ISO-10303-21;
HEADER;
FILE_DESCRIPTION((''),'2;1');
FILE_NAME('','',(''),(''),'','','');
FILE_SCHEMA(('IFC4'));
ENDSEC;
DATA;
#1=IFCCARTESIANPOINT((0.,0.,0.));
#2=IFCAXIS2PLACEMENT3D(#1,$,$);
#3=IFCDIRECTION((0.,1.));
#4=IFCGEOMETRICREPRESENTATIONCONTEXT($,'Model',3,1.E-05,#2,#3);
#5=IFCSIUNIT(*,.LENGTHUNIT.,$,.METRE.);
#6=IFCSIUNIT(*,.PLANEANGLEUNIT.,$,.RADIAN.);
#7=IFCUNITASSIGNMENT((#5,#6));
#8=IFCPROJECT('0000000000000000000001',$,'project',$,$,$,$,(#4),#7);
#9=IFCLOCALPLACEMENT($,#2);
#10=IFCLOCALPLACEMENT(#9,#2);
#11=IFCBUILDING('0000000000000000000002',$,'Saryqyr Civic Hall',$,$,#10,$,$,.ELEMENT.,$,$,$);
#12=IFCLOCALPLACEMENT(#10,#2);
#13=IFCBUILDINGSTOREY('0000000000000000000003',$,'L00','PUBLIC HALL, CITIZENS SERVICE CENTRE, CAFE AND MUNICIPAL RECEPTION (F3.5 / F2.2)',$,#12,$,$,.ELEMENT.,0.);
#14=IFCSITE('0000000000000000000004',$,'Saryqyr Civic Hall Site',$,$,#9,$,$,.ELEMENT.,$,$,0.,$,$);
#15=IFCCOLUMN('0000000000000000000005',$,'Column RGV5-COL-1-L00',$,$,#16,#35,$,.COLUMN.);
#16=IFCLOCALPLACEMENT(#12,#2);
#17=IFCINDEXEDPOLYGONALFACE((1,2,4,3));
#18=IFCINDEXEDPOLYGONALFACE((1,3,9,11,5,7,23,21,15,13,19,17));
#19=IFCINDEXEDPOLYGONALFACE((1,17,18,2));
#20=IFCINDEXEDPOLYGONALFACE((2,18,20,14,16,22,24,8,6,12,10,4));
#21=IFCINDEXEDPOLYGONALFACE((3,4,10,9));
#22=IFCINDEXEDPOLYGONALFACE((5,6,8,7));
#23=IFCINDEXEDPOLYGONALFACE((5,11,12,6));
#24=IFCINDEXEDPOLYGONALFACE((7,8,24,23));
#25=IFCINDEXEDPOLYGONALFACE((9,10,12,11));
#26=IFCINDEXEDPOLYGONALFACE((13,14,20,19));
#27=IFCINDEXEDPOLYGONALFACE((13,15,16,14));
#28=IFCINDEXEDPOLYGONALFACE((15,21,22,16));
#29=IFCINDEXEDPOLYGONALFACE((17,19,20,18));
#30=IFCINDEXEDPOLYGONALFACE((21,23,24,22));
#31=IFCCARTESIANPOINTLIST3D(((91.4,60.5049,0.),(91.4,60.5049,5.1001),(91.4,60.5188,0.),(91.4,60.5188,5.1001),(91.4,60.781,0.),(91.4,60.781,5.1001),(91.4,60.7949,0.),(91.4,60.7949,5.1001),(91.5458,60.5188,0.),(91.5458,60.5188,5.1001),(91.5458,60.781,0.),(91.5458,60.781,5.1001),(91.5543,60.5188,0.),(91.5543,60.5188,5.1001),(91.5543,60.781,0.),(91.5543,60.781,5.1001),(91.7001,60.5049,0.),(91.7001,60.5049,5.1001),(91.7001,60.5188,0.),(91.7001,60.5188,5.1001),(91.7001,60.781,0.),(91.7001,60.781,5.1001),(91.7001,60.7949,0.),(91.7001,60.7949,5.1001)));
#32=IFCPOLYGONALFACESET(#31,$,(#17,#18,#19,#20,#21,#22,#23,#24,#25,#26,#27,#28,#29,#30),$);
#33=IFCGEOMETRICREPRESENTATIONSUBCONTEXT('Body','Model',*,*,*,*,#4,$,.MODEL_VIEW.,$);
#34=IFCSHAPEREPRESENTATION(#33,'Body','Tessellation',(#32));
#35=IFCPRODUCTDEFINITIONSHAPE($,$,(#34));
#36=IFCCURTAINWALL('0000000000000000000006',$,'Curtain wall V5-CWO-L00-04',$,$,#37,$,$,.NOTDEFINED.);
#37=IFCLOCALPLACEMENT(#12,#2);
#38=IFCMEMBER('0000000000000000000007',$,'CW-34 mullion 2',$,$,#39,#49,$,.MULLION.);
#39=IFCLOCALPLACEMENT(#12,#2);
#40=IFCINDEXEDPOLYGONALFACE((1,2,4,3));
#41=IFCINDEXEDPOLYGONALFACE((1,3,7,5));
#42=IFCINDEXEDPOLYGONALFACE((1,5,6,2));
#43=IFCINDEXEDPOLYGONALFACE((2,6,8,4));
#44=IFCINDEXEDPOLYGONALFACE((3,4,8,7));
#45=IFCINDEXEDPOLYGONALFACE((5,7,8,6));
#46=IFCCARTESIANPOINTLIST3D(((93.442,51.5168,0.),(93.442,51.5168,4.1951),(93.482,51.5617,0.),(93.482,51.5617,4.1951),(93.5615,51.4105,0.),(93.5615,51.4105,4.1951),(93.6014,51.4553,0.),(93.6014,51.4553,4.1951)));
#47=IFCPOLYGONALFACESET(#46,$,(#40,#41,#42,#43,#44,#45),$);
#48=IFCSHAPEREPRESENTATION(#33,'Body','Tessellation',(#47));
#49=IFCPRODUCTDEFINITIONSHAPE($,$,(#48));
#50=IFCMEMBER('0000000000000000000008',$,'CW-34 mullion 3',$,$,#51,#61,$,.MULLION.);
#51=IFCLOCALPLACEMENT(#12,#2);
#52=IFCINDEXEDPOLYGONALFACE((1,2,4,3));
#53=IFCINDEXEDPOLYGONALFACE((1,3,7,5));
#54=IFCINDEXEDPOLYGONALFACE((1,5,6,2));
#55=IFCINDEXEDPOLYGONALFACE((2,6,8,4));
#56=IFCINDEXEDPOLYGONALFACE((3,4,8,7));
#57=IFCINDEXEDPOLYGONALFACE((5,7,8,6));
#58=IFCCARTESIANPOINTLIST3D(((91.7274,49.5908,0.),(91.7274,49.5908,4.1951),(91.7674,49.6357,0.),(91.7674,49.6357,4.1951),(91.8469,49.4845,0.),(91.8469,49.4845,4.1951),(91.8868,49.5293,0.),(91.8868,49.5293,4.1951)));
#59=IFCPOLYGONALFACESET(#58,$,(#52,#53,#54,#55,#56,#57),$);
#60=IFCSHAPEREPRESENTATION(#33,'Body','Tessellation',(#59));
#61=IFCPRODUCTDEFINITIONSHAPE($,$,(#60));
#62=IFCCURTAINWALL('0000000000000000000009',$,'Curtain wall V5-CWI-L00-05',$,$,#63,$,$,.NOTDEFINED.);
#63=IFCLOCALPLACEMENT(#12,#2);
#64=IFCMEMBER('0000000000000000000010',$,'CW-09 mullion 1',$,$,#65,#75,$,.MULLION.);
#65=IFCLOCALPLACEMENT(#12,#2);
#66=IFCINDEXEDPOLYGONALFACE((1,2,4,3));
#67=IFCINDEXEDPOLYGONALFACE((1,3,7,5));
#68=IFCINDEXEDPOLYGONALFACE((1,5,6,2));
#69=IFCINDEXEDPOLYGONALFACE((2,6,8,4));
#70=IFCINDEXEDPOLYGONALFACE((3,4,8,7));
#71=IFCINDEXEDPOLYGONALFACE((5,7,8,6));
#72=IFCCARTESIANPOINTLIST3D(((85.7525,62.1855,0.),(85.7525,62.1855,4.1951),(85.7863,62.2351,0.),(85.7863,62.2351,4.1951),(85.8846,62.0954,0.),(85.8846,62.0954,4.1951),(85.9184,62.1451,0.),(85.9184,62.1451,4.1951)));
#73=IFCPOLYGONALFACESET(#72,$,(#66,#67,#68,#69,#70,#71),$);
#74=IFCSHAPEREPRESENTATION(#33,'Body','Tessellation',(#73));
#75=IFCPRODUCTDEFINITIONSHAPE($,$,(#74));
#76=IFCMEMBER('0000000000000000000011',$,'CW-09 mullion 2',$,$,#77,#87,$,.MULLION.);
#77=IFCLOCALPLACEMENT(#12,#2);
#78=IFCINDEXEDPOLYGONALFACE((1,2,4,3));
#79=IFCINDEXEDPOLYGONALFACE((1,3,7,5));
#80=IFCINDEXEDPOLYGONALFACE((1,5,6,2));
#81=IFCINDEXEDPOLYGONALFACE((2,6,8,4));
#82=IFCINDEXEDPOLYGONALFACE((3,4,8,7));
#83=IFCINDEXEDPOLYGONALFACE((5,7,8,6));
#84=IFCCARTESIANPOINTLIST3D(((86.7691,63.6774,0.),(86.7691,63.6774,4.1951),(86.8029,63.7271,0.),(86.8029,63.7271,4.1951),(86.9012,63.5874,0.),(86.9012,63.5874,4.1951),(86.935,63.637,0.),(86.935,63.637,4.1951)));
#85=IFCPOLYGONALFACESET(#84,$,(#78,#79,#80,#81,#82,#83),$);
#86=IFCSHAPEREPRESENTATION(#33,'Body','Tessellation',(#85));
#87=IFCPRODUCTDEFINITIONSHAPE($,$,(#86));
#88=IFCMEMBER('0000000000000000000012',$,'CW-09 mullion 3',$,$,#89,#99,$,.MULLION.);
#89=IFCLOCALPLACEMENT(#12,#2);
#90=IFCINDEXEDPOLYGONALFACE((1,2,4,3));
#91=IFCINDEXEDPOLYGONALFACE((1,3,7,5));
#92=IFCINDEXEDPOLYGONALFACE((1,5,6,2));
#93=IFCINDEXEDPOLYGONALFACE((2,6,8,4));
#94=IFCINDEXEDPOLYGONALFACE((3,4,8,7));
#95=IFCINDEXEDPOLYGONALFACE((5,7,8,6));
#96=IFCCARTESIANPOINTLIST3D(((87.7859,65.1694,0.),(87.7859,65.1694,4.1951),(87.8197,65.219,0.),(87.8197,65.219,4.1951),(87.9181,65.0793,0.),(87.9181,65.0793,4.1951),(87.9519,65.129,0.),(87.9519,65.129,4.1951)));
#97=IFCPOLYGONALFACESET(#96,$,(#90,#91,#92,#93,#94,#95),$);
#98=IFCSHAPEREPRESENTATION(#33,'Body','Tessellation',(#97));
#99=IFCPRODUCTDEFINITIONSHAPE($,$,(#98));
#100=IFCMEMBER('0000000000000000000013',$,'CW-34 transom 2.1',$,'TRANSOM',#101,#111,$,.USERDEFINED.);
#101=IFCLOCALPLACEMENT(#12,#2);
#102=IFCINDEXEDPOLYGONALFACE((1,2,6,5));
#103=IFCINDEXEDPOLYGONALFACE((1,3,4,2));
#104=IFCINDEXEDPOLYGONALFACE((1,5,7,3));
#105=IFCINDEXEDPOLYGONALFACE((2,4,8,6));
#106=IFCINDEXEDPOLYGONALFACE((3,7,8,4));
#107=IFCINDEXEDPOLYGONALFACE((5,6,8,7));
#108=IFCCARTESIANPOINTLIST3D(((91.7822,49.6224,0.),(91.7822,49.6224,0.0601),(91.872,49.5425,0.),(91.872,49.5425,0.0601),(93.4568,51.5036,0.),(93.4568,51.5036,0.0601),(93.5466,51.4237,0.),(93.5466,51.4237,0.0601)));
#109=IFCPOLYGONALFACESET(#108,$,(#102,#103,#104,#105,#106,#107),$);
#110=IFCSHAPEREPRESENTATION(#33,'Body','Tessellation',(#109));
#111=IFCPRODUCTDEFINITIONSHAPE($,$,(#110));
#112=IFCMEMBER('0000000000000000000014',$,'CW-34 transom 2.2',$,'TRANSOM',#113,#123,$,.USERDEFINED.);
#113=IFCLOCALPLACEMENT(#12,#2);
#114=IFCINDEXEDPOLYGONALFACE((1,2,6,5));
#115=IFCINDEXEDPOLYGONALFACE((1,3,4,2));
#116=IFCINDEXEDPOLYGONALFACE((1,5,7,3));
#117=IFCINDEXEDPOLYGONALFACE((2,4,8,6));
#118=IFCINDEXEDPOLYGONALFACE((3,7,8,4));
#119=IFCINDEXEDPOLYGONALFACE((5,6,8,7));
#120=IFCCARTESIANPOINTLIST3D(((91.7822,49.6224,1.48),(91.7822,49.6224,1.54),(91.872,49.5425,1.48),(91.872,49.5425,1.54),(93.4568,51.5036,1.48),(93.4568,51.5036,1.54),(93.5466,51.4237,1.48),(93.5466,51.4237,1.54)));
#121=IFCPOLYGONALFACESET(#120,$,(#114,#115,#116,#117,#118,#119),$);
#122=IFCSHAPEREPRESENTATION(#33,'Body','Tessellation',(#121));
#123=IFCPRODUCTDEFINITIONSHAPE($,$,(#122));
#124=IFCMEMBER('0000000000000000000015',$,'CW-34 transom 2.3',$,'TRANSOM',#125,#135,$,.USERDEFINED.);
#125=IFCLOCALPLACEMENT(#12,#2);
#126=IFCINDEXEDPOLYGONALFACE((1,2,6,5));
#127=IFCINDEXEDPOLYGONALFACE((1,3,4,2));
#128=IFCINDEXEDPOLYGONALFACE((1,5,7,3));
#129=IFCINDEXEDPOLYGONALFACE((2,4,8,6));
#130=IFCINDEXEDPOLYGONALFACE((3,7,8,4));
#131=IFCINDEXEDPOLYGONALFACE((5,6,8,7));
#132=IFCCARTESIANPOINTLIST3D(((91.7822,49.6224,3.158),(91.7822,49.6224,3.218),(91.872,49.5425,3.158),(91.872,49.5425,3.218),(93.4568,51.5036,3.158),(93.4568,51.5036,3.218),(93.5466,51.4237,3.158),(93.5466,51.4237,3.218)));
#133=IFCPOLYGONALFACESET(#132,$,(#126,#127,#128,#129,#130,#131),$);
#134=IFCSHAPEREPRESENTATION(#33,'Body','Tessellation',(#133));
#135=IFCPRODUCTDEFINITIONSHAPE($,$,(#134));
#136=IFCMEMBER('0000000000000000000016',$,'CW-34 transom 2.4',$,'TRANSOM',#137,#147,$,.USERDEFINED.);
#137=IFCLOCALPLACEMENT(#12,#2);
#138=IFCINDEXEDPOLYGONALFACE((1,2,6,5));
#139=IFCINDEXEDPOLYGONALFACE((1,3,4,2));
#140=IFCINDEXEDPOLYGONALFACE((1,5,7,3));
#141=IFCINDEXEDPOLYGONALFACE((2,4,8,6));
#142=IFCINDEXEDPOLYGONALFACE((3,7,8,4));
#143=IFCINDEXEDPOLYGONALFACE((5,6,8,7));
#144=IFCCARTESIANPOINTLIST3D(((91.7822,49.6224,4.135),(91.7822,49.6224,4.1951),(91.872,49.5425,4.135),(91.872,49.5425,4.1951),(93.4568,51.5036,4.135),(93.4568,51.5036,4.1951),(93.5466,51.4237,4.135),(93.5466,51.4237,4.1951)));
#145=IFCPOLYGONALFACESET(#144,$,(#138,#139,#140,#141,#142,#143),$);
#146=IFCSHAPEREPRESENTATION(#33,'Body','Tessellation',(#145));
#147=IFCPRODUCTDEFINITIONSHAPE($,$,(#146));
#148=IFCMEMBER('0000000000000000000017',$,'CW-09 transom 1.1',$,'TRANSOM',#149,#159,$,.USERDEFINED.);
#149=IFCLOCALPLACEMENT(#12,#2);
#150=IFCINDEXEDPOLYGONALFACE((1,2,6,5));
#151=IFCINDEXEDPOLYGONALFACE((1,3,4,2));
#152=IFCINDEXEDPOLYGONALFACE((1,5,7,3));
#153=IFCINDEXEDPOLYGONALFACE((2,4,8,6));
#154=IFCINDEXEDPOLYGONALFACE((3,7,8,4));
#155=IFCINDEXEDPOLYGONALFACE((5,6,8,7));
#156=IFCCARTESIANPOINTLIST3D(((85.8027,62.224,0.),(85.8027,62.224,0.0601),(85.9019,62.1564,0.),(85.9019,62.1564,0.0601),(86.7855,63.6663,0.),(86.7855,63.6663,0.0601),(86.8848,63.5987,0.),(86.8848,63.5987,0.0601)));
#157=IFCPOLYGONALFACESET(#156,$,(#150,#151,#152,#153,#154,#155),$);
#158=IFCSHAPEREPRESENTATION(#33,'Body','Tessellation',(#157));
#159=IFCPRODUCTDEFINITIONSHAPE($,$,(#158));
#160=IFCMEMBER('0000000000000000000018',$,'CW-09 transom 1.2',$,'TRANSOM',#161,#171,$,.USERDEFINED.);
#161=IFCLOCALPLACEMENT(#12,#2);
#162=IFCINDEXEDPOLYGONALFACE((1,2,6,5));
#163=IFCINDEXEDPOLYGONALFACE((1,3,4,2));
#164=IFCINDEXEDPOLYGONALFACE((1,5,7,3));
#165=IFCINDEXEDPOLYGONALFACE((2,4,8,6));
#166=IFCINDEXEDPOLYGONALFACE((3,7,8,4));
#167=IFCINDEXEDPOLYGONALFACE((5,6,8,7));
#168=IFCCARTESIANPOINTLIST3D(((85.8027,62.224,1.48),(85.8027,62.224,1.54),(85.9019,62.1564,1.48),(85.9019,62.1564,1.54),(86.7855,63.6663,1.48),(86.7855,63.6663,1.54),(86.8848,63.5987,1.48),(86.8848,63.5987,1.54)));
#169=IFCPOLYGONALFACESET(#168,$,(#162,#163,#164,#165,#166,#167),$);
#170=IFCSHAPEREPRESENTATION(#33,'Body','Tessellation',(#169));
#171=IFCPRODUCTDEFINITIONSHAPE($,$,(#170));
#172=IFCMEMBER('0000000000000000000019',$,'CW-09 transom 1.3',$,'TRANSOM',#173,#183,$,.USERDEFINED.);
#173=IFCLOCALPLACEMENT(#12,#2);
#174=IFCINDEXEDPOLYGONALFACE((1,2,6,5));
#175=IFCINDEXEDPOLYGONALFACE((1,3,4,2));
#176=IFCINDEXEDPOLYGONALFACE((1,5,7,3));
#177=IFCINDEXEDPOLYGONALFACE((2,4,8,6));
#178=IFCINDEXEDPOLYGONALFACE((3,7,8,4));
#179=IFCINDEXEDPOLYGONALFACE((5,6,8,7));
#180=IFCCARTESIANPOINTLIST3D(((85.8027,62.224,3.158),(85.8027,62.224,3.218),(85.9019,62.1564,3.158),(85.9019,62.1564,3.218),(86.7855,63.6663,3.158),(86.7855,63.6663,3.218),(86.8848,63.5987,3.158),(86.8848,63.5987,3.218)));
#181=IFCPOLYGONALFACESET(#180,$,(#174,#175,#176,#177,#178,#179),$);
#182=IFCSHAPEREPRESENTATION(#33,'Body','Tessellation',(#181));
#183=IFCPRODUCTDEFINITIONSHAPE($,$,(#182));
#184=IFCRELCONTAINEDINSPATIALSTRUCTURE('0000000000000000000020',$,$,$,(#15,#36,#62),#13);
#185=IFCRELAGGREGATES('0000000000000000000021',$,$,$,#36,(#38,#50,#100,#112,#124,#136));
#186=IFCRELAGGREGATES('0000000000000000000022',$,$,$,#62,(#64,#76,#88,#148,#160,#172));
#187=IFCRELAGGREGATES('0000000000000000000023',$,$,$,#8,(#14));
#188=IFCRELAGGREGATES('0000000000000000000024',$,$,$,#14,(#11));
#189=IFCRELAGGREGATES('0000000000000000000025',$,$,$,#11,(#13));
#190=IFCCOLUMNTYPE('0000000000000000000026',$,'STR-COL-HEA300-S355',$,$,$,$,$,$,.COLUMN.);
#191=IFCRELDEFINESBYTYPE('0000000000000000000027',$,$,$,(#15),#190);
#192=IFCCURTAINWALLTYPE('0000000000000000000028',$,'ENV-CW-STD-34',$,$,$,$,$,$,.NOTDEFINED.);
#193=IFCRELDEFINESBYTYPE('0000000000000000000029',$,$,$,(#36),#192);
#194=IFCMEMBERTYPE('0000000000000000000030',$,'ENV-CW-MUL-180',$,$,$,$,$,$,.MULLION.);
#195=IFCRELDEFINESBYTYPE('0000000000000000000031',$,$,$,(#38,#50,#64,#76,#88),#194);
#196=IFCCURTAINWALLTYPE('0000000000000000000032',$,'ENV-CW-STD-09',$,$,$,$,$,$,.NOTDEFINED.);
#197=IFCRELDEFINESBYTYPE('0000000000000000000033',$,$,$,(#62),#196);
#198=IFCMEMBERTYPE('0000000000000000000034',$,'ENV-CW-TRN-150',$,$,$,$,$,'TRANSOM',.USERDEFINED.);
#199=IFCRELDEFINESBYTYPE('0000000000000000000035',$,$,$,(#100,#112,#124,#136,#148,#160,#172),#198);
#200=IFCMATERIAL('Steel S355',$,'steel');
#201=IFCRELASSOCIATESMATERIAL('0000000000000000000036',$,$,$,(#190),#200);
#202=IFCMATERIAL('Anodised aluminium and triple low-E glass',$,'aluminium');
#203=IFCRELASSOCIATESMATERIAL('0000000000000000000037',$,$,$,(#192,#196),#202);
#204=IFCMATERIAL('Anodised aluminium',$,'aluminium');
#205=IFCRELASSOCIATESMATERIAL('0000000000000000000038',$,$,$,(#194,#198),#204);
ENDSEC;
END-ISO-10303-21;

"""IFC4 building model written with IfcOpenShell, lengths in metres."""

from ifc_helpers import new_model, si_unit, direction, frame, origin, origin_2d, place, context, subcontext, project, spatial, rectangle, i_section, extrude, material, material_profile, profile_set, type_object, element, aggregate, save


model = new_model("IFC4")

# Units and contexts
model_context = context("Model", 3, precision=1e-05, world=origin(), true_north=direction((0.0, 1.0)))
body_context = subcontext(model_context, "Body", "Model", "MODEL_VIEW")
ifc_project = project(units=[si_unit("LENGTHUNIT", "METRE"), si_unit("PLANEANGLEUNIT", "RADIAN")], contexts=[model_context])

# Site, building, storey
site_placement = place(None, origin())
site = spatial("IfcSite", under=ifc_project, at=site_placement, Name="Saryqyr Civic Hall Site", CompositionType="ELEMENT", RefElevation=0.0)
building_placement = place(site_placement, origin())
building = spatial("IfcBuilding", under=site, at=building_placement, Name="Saryqyr Civic Hall", CompositionType="ELEMENT")
storey_placement = place(building_placement, origin())
storey = spatial("IfcBuildingStorey", under=building, at=storey_placement, Name="L00", Description="PUBLIC HALL, CITIZENS SERVICE CENTRE, CAFE AND MUNICIPAL RECEPTION (F3.5 / F2.2)", CompositionType="ELEMENT", Elevation=0.0)

# Column
ifc_material_1 = material(Name="Steel S355", Category="steel")
ifc_material_profile_1 = material_profile(ifc_material_1, i_section(OverallWidth=0.3, OverallDepth=0.29, WebThickness=0.0085, FlangeThickness=0.0139, at=origin_2d()), Name="HEA 300")
ifc_profile_set_1 = profile_set([ifc_material_profile_1], Name="Steel S355")
column_type_1 = type_object("IfcColumnType", Name="STR-COL-HEA300-S355", PredefinedType="COLUMN", material=ifc_profile_set_1)
column_1_placement = place(storey_placement, frame((91.55, 60.6499, 0.0), z_axis=(0.0, 0.0, 1.0), x_axis=(1.0, 0.0, 0.0)))
element("IfcColumn", 1, at=column_1_placement, inside=storey, type_object=column_type_1, Name="Column RGV5-COL-1-L00", PredefinedType="COLUMN", context=body_context, shape_type="SweptSolid", body=[
    extrude(i_section(OverallWidth=0.3, OverallDepth=0.29, WebThickness=0.0085, FlangeThickness=0.0139, at=origin_2d()), origin(), (0.0, 0.0, 1.0), 5.1001),
])

# Curtain walls, members
ifc_material_2 = material(Name="Anodised aluminium and triple low-E glass", Category="aluminium")
curtain_wall_type_1 = type_object("IfcCurtainWallType", Name="ENV-CW-STD-34", PredefinedType="NOTDEFINED", material=ifc_material_2)
curtain_wall_1_placement = place(storey_placement, origin())
curtain_wall_1 = element("IfcCurtainWall", 2, at=curtain_wall_1_placement, inside=storey, type_object=curtain_wall_type_1, Name="Curtain wall V5-CWO-L00-04", PredefinedType="NOTDEFINED")
ifc_material_3 = material(Name="Anodised aluminium", Category="aluminium")
ifc_material_profile_2 = material_profile(ifc_material_3, rectangle(XDim=0.0601, YDim=0.1599, at=origin_2d()), Name="ALU MULLION 60x160")
ifc_profile_set_2 = profile_set([ifc_material_profile_2], Name="Anodised aluminium")
member_type_1 = type_object("IfcMemberType", Name="ENV-CW-MUL-180", PredefinedType="MULLION", material=ifc_profile_set_2)
member_1_placement = place(storey_placement, frame((93.5217, 51.4861, 0.0), z_axis=(0.0, 0.0, 1.0), x_axis=(-0.664928, -0.746908, 0.0)))
member_1 = element("IfcMember", 3, at=member_1_placement, type_object=member_type_1, Name="CW-34 mullion 2", PredefinedType="MULLION", context=body_context, shape_type="SweptSolid", body=[
    extrude(rectangle(XDim=0.0601, YDim=0.1599, at=origin_2d()), origin(), (0.0, 0.0, 1.0), 4.1951),
])
member_2_placement = place(storey_placement, frame((91.8071, 49.5601, 0.0), z_axis=(0.0, 0.0, 1.0), x_axis=(-0.664928, -0.746908, 0.0)))
member_2 = element("IfcMember", 4, at=member_2_placement, type_object=member_type_1, Name="CW-34 mullion 3", PredefinedType="MULLION", context=body_context, shape_type="SweptSolid", body=[
    extrude(rectangle(XDim=0.0601, YDim=0.1599, at=origin_2d()), origin(), (0.0, 0.0, 1.0), 4.1951),
])
curtain_wall_type_2 = type_object("IfcCurtainWallType", Name="ENV-CW-STD-09", PredefinedType="NOTDEFINED", material=ifc_material_2)
curtain_wall_2_placement = place(storey_placement, origin())
curtain_wall_2 = element("IfcCurtainWall", 5, at=curtain_wall_2_placement, inside=storey, type_object=curtain_wall_type_2, Name="Curtain wall V5-CWI-L00-05", PredefinedType="NOTDEFINED")
member_3_placement = place(storey_placement, frame((85.8354, 62.1653, 0.0), z_axis=(0.0, 0.0, 1.0), x_axis=(0.563133, 0.826366, 0.0)))
member_3 = element("IfcMember", 6, at=member_3_placement, type_object=member_type_1, Name="CW-09 mullion 1", PredefinedType="MULLION", context=body_context, shape_type="SweptSolid", body=[
    extrude(rectangle(XDim=0.0601, YDim=0.1599, at=origin_2d()), origin(), (0.0, 0.0, 1.0), 4.1951),
])
member_4_placement = place(storey_placement, frame((86.8521, 63.6572, 0.0), z_axis=(0.0, 0.0, 1.0), x_axis=(0.563133, 0.826366, 0.0)))
member_4 = element("IfcMember", 7, at=member_4_placement, type_object=member_type_1, Name="CW-09 mullion 2", PredefinedType="MULLION", context=body_context, shape_type="SweptSolid", body=[
    extrude(rectangle(XDim=0.0601, YDim=0.1599, at=origin_2d()), origin(), (0.0, 0.0, 1.0), 4.1951),
])
member_5_placement = place(storey_placement, frame((87.8689, 65.1492, 0.0), z_axis=(0.0, 0.0, 1.0), x_axis=(0.563133, 0.826366, 0.0)))
member_5 = element("IfcMember", 8, at=member_5_placement, type_object=member_type_1, Name="CW-09 mullion 3", PredefinedType="MULLION", context=body_context, shape_type="SweptSolid", body=[
    extrude(rectangle(XDim=0.0601, YDim=0.1599, at=origin_2d()), origin(), (0.0, 0.0, 1.0), 4.1951),
])

# Members
ifc_material_profile_3 = material_profile(ifc_material_3, rectangle(XDim=0.1201, YDim=0.0601, at=origin_2d()), Name="ALU TRANSOM 120x60")
ifc_profile_set_3 = profile_set([ifc_material_profile_3], Name="Anodised aluminium")
member_type_2 = type_object("IfcMemberType", Name="ENV-CW-TRN-150", ElementType="TRANSOM", PredefinedType="USERDEFINED", material=ifc_profile_set_3)
member_6_placement = place(storey_placement, frame((93.5017, 51.4636, 0.03), z_axis=(-0.664911, -0.746922, 0.0), x_axis=(0.746922, -0.664911, 0.0)))
member_6 = element("IfcMember", 9, at=member_6_placement, type_object=member_type_2, Name="CW-34 transom 2.1", ObjectType="TRANSOM", PredefinedType="USERDEFINED", context=body_context, shape_type="SweptSolid", body=[
    extrude(rectangle(XDim=0.1201, YDim=0.0601, at=origin_2d()), origin(), (0.0, 0.0, 1.0), 2.5186),
])
member_7_placement = place(storey_placement, frame((93.5017, 51.4636, 1.51), z_axis=(-0.664911, -0.746922, 0.0), x_axis=(0.746922, -0.664911, 0.0)))
member_7 = element("IfcMember", 10, at=member_7_placement, type_object=member_type_2, Name="CW-34 transom 2.2", ObjectType="TRANSOM", PredefinedType="USERDEFINED", context=body_context, shape_type="SweptSolid", body=[
    extrude(rectangle(XDim=0.1201, YDim=0.0601, at=origin_2d()), origin(), (0.0, 0.0, 1.0), 2.5186),
])
member_8_placement = place(storey_placement, frame((93.5017, 51.4636, 3.188), z_axis=(-0.664911, -0.746922, 0.0), x_axis=(0.746922, -0.664911, 0.0)))
member_8 = element("IfcMember", 11, at=member_8_placement, type_object=member_type_2, Name="CW-34 transom 2.3", ObjectType="TRANSOM", PredefinedType="USERDEFINED", context=body_context, shape_type="SweptSolid", body=[
    extrude(rectangle(XDim=0.1201, YDim=0.0601, at=origin_2d()), origin(), (0.0, 0.0, 1.0), 2.5186),
])
member_9_placement = place(storey_placement, frame((93.5017, 51.4636, 4.165), z_axis=(-0.664911, -0.746922, 0.0), x_axis=(0.746922, -0.664911, 0.0)))
member_9 = element("IfcMember", 12, at=member_9_placement, type_object=member_type_2, Name="CW-34 transom 2.4", ObjectType="TRANSOM", PredefinedType="USERDEFINED", context=body_context, shape_type="SweptSolid", body=[
    extrude(rectangle(XDim=0.1201, YDim=0.0601, at=origin_2d()), origin(), (0.0, 0.0, 1.0), 2.5186),
])
member_10_placement = place(storey_placement, frame((85.8523, 62.1902, 0.03), z_axis=(0.563128, 0.826369, 0.0), x_axis=(-0.826369, 0.563128, 0.0)))
member_10 = element("IfcMember", 13, at=member_10_placement, type_object=member_type_2, Name="CW-09 transom 1.1", ObjectType="TRANSOM", PredefinedType="USERDEFINED", context=body_context, shape_type="SweptSolid", body=[
    extrude(rectangle(XDim=0.1201, YDim=0.0601, at=origin_2d()), origin(), (0.0, 0.0, 1.0), 1.7454),
])
member_11_placement = place(storey_placement, frame((85.8523, 62.1902, 1.51), z_axis=(0.563128, 0.826369, 0.0), x_axis=(-0.826369, 0.563128, 0.0)))
member_11 = element("IfcMember", 14, at=member_11_placement, type_object=member_type_2, Name="CW-09 transom 1.2", ObjectType="TRANSOM", PredefinedType="USERDEFINED", context=body_context, shape_type="SweptSolid", body=[
    extrude(rectangle(XDim=0.1201, YDim=0.0601, at=origin_2d()), origin(), (0.0, 0.0, 1.0), 1.7454),
])
member_12_placement = place(storey_placement, frame((85.8523, 62.1902, 3.188), z_axis=(0.563128, 0.826369, 0.0), x_axis=(-0.826369, 0.563128, 0.0)))
member_12 = element("IfcMember", 15, at=member_12_placement, type_object=member_type_2, Name="CW-09 transom 1.3", ObjectType="TRANSOM", PredefinedType="USERDEFINED", context=body_context, shape_type="SweptSolid", body=[
    extrude(rectangle(XDim=0.1201, YDim=0.0601, at=origin_2d()), origin(), (0.0, 0.0, 1.0), 1.7454),
])

aggregate(curtain_wall_1, [member_1, member_2, member_6, member_7, member_8, member_9])
aggregate(curtain_wall_2, [member_3, member_4, member_5, member_10, member_11, member_12])

save(model, "model.ifc")
